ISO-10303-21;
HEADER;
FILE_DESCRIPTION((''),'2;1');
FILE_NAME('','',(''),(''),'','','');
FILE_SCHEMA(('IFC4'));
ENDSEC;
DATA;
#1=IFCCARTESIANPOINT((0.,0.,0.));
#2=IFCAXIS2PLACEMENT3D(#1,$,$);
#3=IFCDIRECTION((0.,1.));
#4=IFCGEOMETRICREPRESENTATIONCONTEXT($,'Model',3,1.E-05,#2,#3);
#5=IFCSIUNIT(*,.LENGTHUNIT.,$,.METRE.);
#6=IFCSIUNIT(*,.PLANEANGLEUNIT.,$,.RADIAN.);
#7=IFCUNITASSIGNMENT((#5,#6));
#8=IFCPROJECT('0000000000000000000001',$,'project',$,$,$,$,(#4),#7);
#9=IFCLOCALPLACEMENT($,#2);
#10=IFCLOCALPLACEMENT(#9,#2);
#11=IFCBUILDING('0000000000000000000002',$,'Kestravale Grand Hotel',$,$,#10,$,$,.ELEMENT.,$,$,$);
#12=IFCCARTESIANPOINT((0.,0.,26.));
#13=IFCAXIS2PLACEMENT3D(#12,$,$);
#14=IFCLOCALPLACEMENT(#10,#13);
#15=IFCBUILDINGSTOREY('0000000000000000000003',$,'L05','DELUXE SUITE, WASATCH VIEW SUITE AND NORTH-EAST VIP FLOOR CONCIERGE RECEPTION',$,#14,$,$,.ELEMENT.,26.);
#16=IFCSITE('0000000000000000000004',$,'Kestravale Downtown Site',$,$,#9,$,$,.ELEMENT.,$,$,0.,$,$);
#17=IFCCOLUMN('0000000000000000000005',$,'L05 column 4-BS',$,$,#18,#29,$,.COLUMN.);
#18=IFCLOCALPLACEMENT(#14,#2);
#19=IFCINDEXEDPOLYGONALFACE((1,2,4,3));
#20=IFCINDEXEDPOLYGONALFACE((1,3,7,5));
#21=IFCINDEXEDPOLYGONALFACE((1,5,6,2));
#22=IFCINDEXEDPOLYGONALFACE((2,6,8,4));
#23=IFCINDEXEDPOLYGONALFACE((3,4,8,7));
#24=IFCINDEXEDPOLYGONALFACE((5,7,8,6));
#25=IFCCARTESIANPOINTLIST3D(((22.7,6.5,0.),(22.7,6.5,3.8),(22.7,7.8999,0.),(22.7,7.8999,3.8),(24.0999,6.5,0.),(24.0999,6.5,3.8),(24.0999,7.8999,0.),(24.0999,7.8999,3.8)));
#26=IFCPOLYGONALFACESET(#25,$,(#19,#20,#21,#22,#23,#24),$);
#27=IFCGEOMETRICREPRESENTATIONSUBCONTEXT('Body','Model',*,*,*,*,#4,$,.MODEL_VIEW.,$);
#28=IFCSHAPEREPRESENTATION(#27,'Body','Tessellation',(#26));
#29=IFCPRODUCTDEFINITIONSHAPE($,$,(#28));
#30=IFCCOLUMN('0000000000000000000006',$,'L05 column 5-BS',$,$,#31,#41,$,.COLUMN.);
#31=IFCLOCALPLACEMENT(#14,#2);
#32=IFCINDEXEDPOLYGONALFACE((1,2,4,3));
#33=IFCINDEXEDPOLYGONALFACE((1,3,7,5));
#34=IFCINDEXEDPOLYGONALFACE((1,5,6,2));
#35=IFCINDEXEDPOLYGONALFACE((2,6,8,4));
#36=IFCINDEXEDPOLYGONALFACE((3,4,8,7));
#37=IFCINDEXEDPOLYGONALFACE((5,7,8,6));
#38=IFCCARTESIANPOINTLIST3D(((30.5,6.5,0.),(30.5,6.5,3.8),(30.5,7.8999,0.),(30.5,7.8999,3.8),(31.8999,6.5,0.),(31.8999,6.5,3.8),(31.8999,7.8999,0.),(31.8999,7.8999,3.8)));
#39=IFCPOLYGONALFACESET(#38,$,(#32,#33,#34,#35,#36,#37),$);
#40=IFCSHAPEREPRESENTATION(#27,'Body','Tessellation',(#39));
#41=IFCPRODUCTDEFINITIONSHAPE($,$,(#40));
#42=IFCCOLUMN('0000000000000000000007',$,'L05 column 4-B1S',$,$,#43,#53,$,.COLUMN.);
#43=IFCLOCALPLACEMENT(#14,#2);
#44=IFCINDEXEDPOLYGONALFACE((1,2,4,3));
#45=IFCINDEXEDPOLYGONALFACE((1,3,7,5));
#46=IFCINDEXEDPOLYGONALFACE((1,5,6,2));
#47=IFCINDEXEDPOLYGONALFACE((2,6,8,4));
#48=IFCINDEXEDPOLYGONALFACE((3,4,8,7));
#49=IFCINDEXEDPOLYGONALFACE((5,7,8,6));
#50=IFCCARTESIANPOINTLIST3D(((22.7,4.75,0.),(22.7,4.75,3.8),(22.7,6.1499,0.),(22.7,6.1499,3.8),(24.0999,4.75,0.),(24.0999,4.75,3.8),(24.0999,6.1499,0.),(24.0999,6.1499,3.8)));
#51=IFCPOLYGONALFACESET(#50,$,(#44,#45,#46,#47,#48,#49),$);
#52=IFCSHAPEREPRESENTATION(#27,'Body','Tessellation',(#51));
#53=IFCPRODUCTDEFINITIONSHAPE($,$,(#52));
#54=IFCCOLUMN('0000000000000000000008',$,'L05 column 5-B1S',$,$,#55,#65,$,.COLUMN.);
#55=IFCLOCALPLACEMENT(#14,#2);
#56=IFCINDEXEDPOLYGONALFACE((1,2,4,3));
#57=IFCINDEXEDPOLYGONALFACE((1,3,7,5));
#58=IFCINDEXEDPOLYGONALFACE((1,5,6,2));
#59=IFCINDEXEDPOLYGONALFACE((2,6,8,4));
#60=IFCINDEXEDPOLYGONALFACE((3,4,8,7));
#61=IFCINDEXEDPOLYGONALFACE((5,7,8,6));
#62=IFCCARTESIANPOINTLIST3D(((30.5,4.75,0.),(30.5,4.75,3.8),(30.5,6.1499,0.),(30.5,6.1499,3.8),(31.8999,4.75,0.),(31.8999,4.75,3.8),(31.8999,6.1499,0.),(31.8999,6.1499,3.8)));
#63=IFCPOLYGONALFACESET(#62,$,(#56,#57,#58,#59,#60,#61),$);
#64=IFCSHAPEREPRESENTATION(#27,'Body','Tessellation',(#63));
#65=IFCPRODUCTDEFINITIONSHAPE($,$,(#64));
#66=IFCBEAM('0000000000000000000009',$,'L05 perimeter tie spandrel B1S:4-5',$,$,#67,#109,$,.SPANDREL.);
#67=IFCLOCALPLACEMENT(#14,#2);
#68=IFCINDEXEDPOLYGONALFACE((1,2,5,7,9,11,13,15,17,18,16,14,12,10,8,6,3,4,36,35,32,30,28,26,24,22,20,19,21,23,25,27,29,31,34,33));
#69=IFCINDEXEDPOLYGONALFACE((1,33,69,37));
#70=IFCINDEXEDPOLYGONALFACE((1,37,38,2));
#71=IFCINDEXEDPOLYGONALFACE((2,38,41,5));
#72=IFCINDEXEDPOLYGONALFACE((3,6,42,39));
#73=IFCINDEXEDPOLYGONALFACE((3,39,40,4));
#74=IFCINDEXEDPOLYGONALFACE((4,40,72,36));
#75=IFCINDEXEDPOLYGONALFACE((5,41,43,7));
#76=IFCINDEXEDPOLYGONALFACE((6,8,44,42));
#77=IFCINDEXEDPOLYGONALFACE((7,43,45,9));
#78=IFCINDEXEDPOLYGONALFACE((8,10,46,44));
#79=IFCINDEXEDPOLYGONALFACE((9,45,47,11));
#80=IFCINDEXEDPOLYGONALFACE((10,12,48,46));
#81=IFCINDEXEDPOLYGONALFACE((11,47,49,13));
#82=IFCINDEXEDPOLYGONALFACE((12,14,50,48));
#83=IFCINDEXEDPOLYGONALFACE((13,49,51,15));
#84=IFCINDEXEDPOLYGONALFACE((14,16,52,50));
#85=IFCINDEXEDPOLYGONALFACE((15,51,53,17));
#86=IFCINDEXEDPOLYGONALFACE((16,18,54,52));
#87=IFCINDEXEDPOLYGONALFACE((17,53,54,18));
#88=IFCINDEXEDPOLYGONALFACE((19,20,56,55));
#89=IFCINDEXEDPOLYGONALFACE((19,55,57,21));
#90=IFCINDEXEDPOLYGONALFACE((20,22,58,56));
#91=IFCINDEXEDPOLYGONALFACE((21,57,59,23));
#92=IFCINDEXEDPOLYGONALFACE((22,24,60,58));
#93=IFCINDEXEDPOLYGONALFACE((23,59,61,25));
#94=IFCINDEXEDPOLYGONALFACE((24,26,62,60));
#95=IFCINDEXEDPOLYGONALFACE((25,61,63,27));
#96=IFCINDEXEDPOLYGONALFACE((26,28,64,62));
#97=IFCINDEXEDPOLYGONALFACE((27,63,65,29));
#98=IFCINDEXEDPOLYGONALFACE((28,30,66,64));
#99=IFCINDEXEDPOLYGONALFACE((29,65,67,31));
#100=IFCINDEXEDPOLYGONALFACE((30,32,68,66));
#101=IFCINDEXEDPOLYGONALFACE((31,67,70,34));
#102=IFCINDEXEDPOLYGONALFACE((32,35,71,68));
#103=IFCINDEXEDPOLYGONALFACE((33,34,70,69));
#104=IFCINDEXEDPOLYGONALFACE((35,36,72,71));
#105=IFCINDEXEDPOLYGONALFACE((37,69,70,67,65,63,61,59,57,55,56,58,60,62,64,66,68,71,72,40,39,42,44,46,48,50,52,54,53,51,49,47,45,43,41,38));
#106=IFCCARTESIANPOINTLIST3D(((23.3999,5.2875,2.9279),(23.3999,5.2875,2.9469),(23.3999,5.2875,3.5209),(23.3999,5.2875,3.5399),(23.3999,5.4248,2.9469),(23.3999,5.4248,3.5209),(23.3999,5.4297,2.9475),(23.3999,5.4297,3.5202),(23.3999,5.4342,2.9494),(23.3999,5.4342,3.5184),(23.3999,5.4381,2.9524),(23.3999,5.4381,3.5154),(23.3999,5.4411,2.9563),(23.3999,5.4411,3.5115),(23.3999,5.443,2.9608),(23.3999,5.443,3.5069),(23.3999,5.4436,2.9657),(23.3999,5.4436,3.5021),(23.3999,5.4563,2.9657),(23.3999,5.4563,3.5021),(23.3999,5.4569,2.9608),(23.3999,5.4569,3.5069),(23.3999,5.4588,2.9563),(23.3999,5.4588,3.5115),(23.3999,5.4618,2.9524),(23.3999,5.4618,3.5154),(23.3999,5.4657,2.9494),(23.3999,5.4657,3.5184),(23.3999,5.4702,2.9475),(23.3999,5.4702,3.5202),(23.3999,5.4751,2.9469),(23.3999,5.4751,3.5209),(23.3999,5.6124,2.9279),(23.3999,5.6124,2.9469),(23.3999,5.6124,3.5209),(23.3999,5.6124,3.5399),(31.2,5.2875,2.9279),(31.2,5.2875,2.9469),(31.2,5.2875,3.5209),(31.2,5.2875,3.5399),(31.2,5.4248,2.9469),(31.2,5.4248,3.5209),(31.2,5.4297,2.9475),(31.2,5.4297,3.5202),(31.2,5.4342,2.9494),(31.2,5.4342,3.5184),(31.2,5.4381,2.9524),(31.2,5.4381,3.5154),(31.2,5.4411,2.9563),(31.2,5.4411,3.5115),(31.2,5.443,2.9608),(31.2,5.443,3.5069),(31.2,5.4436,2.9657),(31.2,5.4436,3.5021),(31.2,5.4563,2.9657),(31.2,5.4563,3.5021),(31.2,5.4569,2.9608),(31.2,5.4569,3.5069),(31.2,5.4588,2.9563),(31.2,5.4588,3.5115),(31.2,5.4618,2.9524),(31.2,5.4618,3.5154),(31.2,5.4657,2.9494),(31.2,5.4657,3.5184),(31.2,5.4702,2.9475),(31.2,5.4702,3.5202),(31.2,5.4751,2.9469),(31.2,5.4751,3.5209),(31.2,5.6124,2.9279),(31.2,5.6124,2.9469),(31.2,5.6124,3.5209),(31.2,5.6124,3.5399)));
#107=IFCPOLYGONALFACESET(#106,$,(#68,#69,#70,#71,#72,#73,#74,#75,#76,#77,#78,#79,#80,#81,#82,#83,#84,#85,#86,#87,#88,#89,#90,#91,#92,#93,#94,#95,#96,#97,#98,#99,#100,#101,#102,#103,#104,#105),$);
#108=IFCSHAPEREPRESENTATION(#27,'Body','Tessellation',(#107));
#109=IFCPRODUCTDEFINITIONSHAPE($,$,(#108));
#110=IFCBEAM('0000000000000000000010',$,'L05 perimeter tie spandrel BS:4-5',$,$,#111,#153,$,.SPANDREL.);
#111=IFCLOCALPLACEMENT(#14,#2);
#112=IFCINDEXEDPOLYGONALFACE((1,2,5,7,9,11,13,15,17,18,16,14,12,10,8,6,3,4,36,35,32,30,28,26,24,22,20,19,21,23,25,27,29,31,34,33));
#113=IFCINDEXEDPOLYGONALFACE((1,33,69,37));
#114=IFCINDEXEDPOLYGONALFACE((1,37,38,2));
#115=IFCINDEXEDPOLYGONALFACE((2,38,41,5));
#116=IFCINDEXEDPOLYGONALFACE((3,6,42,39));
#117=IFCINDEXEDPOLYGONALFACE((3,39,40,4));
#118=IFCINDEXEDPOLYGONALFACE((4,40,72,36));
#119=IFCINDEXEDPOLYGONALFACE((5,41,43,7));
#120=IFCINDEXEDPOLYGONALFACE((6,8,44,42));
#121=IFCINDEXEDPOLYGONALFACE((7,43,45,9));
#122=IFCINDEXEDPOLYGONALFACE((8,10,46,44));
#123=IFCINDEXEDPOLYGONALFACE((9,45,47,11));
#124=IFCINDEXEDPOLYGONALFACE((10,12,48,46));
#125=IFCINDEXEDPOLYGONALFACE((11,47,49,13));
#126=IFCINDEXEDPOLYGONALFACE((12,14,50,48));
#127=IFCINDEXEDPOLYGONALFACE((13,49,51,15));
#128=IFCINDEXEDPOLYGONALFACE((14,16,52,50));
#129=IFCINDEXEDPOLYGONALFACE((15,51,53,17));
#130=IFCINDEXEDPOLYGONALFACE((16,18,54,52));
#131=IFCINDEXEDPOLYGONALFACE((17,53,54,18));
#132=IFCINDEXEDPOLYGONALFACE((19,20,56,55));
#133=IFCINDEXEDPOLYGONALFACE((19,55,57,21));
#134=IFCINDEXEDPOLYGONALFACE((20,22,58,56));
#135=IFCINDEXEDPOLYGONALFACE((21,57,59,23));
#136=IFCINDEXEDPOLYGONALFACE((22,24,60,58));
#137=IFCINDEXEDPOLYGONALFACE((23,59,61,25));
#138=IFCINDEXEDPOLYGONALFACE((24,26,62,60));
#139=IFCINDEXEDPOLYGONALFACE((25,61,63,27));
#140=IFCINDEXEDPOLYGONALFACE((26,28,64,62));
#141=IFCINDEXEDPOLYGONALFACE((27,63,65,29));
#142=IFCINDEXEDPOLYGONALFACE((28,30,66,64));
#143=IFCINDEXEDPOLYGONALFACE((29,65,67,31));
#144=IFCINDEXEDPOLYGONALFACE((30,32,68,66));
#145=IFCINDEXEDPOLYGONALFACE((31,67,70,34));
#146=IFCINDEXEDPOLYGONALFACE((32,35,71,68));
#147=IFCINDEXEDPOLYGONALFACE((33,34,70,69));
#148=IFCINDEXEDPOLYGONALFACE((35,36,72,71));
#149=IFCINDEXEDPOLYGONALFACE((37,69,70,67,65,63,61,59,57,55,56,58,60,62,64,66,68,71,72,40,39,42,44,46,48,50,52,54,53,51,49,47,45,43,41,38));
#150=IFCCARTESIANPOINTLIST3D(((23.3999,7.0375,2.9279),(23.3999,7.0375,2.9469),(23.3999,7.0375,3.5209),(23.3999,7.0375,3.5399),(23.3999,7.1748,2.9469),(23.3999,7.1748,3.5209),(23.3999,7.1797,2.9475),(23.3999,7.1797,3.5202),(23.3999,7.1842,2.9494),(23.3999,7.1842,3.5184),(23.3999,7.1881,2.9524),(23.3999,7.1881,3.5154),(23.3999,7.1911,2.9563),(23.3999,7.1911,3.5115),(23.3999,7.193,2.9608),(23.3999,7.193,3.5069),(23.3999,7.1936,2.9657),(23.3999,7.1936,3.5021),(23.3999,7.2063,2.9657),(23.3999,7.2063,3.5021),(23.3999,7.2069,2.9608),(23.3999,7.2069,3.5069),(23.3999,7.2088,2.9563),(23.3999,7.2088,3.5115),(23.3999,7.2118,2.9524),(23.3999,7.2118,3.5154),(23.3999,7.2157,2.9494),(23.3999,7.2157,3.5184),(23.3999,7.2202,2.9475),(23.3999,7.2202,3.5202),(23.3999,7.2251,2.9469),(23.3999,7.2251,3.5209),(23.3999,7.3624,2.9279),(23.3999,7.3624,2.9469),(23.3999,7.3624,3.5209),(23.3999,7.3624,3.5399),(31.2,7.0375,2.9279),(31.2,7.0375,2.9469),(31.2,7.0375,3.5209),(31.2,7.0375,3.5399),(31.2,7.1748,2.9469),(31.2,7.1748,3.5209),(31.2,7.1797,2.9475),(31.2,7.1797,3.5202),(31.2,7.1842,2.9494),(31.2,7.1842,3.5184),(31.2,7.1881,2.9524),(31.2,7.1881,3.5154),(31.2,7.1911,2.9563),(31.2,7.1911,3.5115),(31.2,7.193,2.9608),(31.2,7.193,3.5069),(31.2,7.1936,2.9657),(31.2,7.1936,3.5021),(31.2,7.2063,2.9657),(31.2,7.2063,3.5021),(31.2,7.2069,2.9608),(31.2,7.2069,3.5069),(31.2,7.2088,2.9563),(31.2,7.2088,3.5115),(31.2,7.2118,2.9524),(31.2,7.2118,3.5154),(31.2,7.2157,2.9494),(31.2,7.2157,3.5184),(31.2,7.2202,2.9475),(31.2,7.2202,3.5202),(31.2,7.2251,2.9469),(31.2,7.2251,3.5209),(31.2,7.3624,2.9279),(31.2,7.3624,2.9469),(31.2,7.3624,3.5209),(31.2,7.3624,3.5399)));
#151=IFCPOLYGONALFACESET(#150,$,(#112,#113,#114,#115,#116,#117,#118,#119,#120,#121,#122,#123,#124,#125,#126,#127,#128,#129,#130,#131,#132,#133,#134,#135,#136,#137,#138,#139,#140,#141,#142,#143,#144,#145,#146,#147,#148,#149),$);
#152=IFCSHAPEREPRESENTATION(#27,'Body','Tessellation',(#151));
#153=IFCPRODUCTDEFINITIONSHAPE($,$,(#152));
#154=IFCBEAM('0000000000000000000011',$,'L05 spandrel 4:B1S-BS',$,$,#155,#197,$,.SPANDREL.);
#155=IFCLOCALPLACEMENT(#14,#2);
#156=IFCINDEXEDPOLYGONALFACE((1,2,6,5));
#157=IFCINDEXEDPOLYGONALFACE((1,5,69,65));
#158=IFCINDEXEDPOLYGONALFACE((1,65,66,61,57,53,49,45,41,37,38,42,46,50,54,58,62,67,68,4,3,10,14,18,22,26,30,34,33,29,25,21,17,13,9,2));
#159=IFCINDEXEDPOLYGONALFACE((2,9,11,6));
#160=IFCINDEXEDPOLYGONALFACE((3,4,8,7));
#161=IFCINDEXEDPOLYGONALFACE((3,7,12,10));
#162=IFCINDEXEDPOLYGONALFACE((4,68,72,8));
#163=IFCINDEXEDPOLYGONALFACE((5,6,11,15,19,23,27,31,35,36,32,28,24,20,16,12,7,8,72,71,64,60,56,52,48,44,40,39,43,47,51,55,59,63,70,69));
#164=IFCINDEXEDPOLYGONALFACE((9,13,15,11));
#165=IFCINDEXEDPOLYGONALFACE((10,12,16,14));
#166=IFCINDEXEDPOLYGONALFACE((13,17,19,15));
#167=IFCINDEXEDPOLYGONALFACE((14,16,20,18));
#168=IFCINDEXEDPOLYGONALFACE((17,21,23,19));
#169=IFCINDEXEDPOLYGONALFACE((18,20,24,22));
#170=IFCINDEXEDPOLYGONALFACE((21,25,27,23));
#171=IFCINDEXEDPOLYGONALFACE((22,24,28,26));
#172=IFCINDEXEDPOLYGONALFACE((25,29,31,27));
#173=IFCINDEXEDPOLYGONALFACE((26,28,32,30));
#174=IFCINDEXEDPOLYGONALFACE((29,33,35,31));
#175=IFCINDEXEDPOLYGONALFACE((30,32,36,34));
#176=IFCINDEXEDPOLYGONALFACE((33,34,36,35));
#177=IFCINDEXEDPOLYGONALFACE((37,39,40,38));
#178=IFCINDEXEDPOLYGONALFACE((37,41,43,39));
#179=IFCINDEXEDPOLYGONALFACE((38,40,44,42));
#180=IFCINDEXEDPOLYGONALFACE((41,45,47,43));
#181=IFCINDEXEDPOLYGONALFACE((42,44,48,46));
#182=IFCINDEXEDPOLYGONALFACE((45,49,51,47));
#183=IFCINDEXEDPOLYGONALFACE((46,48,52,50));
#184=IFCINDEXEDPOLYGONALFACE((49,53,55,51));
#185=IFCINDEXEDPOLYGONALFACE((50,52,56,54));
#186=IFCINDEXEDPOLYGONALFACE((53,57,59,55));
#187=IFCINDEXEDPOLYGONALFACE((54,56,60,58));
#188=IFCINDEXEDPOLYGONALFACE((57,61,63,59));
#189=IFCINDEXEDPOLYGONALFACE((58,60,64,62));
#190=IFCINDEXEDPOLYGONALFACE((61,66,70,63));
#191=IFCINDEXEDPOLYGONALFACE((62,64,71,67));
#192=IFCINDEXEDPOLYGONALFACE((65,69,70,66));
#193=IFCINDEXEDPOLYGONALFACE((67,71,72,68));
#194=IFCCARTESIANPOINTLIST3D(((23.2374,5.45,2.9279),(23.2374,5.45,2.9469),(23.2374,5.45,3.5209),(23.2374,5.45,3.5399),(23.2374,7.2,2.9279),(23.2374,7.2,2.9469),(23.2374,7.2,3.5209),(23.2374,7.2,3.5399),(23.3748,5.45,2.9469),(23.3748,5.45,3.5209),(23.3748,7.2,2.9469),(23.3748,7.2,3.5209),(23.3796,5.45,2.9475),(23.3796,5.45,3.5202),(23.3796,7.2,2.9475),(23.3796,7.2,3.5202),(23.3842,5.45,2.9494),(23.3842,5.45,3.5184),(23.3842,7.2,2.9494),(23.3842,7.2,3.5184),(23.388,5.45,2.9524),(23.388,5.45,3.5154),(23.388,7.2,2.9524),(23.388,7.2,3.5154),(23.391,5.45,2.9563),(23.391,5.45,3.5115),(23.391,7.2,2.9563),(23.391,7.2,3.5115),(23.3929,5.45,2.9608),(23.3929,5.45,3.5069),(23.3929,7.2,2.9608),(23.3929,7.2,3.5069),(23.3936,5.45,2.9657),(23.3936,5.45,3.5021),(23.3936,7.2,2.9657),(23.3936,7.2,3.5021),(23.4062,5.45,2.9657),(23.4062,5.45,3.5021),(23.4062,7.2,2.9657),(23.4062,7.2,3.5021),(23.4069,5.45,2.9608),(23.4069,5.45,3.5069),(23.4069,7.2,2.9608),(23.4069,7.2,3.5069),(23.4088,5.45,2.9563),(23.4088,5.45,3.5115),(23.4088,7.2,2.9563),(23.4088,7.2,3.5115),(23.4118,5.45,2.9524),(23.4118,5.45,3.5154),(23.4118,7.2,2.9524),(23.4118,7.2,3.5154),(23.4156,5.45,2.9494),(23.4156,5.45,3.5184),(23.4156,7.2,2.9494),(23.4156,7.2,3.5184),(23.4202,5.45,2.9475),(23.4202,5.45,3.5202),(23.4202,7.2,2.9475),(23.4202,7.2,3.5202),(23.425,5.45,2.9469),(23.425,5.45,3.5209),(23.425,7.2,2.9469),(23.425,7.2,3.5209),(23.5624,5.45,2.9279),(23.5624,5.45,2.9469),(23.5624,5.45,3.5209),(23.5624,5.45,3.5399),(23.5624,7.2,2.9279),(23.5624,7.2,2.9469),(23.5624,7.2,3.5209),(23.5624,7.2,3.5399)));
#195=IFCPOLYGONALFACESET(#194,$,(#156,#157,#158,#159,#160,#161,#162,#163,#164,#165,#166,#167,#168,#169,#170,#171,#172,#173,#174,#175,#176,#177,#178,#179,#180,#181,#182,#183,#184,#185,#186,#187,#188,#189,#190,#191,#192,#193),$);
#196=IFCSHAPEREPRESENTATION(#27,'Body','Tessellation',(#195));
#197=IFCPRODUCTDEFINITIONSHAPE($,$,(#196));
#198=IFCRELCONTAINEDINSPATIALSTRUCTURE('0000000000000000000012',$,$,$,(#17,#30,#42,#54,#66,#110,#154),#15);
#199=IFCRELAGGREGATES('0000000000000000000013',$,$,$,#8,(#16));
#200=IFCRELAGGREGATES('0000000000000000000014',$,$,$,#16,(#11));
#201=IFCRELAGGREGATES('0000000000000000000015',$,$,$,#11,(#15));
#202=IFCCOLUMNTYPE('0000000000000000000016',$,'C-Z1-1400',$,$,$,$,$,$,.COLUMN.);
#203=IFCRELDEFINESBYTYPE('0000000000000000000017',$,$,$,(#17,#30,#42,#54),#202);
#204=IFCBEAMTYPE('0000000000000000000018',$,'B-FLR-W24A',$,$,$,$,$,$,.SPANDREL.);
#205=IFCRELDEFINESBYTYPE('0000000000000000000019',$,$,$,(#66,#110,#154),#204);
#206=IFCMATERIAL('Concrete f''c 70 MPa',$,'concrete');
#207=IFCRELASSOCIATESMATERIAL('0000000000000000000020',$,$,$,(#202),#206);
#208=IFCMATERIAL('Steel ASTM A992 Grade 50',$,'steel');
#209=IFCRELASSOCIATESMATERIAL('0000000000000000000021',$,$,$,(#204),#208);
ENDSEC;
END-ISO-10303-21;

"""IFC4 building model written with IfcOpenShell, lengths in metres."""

from ifc_helpers import new_model, si_unit, direction, frame, origin, origin_2d, place, context, subcontext, project, spatial, rectangle, i_section, extrude, material, material_profile, profile_set, type_object, element, save


model = new_model("IFC4")

# Units and contexts
model_context = context("Model", 3, precision=1e-05, world=origin(), true_north=direction((0.0, 1.0)))
body_context = subcontext(model_context, "Body", "Model", "MODEL_VIEW")
ifc_project = project(units=[si_unit("LENGTHUNIT", "METRE"), si_unit("PLANEANGLEUNIT", "RADIAN")], contexts=[model_context])

# Site, building, storey
site_placement = place(None, origin())
site = spatial("IfcSite", under=ifc_project, at=site_placement, Name="Kestravale Downtown Site", CompositionType="ELEMENT", RefElevation=0.0)
building_placement = place(site_placement, origin())
building = spatial("IfcBuilding", under=site, at=building_placement, Name="Kestravale Grand Hotel", CompositionType="ELEMENT")
storey_placement = place(building_placement, frame((0.0, 0.0, 26.0)))
storey = spatial("IfcBuildingStorey", under=building, at=storey_placement, Name="L05", Description="DELUXE SUITE, WASATCH VIEW SUITE AND NORTH-EAST VIP FLOOR CONCIERGE RECEPTION", CompositionType="ELEMENT", Elevation=26.0)

# Columns
ifc_material_1 = material(Name="Concrete f'c 70 MPa", Category="concrete")
ifc_material_profile_1 = material_profile(ifc_material_1, rectangle(XDim=1.3999, YDim=1.3999, at=origin_2d()))
ifc_profile_set_1 = profile_set([ifc_material_profile_1], Name="Concrete f'c 70 MPa")
column_type = type_object("IfcColumnType", Name="C-Z1-1400", PredefinedType="COLUMN", material=ifc_profile_set_1)
for number, where, z_axis, x_axis, name in (
    (1, (23.3999, 7.2, 0.0), (0.0, 0.0, 1.0), (1.0, 0.0, 0.0), "L05 column 4-BS"),
    (2, (31.2, 7.2, 0.0), (0.0, 0.0, 1.0), (1.0, 0.0, 0.0), "L05 column 5-BS"),
    (3, (23.3999, 5.45, 0.0), (0.0, 0.0, 1.0), (1.0, 0.0, 0.0), "L05 column 4-B1S"),
    (4, (31.2, 5.45, 0.0), (0.0, 0.0, 1.0), (1.0, 0.0, 0.0), "L05 column 5-B1S"),
):
    element("IfcColumn", number, at=place(storey_placement, frame(where, z_axis=z_axis, x_axis=x_axis)), inside=storey, type_object=column_type, Name=name, PredefinedType="COLUMN", context=body_context, shape_type="SweptSolid", body=[
        extrude(rectangle(XDim=1.3999, YDim=1.3999, at=origin_2d()), origin(), (0.0, 0.0, 1.0), 3.8),
    ])

# Beams
ifc_material_2 = material(Name="Steel ASTM A992 Grade 50", Category="steel")
ifc_material_profile_2 = material_profile(ifc_material_2, i_section(OverallWidth=0.325, OverallDepth=0.6121, WebThickness=0.0127, FlangeThickness=0.019, FilletRadius=0.0188, at=origin_2d()))
ifc_profile_set_2 = profile_set([ifc_material_profile_2], Name="Steel ASTM A992 Grade 50")
beam_type_1 = type_object("IfcBeamType", Name="B-FLR-W24A", PredefinedType="SPANDREL", material=ifc_profile_set_2)
for number, where, z_axis, x_axis, name in (
    (5, (23.3999, 5.45, 3.2339), (1.0, 0.0, 0.0), (0.0, 1.0, 0.0), "L05 perimeter tie spandrel B1S:4-5"),
    (6, (23.3999, 7.2, 3.2339), (1.0, 0.0, 0.0), (0.0, 1.0, 0.0), "L05 perimeter tie spandrel BS:4-5"),
):
    element("IfcBeam", number, at=place(storey_placement, frame(where, z_axis=z_axis, x_axis=x_axis)), inside=storey, type_object=beam_type_1, Name=name, PredefinedType="SPANDREL", context=body_context, shape_type="SweptSolid", body=[
        extrude(i_section(OverallWidth=0.325, OverallDepth=0.6121, WebThickness=0.0127, FlangeThickness=0.019, FilletRadius=0.0188, at=origin_2d()), origin(), (0.0, 0.0, 1.0), 7.8),
    ])
for number, where, z_axis, x_axis, name in (
    (7, (23.3999, 5.45, 3.2339), (0.0, 1.0, 0.0), (-1.0, 0.0, 0.0), "L05 spandrel 4:B1S-BS"),
):
    element("IfcBeam", number, at=place(storey_placement, frame(where, z_axis=z_axis, x_axis=x_axis)), inside=storey, type_object=beam_type_1, Name=name, PredefinedType="SPANDREL", context=body_context, shape_type="SweptSolid", body=[
        extrude(i_section(OverallWidth=0.325, OverallDepth=0.6121, WebThickness=0.0127, FlangeThickness=0.019, FilletRadius=0.0188, at=origin_2d()), origin(), (0.0, 0.0, 1.0), 1.75),
    ])

save(model, "model.ifc")
